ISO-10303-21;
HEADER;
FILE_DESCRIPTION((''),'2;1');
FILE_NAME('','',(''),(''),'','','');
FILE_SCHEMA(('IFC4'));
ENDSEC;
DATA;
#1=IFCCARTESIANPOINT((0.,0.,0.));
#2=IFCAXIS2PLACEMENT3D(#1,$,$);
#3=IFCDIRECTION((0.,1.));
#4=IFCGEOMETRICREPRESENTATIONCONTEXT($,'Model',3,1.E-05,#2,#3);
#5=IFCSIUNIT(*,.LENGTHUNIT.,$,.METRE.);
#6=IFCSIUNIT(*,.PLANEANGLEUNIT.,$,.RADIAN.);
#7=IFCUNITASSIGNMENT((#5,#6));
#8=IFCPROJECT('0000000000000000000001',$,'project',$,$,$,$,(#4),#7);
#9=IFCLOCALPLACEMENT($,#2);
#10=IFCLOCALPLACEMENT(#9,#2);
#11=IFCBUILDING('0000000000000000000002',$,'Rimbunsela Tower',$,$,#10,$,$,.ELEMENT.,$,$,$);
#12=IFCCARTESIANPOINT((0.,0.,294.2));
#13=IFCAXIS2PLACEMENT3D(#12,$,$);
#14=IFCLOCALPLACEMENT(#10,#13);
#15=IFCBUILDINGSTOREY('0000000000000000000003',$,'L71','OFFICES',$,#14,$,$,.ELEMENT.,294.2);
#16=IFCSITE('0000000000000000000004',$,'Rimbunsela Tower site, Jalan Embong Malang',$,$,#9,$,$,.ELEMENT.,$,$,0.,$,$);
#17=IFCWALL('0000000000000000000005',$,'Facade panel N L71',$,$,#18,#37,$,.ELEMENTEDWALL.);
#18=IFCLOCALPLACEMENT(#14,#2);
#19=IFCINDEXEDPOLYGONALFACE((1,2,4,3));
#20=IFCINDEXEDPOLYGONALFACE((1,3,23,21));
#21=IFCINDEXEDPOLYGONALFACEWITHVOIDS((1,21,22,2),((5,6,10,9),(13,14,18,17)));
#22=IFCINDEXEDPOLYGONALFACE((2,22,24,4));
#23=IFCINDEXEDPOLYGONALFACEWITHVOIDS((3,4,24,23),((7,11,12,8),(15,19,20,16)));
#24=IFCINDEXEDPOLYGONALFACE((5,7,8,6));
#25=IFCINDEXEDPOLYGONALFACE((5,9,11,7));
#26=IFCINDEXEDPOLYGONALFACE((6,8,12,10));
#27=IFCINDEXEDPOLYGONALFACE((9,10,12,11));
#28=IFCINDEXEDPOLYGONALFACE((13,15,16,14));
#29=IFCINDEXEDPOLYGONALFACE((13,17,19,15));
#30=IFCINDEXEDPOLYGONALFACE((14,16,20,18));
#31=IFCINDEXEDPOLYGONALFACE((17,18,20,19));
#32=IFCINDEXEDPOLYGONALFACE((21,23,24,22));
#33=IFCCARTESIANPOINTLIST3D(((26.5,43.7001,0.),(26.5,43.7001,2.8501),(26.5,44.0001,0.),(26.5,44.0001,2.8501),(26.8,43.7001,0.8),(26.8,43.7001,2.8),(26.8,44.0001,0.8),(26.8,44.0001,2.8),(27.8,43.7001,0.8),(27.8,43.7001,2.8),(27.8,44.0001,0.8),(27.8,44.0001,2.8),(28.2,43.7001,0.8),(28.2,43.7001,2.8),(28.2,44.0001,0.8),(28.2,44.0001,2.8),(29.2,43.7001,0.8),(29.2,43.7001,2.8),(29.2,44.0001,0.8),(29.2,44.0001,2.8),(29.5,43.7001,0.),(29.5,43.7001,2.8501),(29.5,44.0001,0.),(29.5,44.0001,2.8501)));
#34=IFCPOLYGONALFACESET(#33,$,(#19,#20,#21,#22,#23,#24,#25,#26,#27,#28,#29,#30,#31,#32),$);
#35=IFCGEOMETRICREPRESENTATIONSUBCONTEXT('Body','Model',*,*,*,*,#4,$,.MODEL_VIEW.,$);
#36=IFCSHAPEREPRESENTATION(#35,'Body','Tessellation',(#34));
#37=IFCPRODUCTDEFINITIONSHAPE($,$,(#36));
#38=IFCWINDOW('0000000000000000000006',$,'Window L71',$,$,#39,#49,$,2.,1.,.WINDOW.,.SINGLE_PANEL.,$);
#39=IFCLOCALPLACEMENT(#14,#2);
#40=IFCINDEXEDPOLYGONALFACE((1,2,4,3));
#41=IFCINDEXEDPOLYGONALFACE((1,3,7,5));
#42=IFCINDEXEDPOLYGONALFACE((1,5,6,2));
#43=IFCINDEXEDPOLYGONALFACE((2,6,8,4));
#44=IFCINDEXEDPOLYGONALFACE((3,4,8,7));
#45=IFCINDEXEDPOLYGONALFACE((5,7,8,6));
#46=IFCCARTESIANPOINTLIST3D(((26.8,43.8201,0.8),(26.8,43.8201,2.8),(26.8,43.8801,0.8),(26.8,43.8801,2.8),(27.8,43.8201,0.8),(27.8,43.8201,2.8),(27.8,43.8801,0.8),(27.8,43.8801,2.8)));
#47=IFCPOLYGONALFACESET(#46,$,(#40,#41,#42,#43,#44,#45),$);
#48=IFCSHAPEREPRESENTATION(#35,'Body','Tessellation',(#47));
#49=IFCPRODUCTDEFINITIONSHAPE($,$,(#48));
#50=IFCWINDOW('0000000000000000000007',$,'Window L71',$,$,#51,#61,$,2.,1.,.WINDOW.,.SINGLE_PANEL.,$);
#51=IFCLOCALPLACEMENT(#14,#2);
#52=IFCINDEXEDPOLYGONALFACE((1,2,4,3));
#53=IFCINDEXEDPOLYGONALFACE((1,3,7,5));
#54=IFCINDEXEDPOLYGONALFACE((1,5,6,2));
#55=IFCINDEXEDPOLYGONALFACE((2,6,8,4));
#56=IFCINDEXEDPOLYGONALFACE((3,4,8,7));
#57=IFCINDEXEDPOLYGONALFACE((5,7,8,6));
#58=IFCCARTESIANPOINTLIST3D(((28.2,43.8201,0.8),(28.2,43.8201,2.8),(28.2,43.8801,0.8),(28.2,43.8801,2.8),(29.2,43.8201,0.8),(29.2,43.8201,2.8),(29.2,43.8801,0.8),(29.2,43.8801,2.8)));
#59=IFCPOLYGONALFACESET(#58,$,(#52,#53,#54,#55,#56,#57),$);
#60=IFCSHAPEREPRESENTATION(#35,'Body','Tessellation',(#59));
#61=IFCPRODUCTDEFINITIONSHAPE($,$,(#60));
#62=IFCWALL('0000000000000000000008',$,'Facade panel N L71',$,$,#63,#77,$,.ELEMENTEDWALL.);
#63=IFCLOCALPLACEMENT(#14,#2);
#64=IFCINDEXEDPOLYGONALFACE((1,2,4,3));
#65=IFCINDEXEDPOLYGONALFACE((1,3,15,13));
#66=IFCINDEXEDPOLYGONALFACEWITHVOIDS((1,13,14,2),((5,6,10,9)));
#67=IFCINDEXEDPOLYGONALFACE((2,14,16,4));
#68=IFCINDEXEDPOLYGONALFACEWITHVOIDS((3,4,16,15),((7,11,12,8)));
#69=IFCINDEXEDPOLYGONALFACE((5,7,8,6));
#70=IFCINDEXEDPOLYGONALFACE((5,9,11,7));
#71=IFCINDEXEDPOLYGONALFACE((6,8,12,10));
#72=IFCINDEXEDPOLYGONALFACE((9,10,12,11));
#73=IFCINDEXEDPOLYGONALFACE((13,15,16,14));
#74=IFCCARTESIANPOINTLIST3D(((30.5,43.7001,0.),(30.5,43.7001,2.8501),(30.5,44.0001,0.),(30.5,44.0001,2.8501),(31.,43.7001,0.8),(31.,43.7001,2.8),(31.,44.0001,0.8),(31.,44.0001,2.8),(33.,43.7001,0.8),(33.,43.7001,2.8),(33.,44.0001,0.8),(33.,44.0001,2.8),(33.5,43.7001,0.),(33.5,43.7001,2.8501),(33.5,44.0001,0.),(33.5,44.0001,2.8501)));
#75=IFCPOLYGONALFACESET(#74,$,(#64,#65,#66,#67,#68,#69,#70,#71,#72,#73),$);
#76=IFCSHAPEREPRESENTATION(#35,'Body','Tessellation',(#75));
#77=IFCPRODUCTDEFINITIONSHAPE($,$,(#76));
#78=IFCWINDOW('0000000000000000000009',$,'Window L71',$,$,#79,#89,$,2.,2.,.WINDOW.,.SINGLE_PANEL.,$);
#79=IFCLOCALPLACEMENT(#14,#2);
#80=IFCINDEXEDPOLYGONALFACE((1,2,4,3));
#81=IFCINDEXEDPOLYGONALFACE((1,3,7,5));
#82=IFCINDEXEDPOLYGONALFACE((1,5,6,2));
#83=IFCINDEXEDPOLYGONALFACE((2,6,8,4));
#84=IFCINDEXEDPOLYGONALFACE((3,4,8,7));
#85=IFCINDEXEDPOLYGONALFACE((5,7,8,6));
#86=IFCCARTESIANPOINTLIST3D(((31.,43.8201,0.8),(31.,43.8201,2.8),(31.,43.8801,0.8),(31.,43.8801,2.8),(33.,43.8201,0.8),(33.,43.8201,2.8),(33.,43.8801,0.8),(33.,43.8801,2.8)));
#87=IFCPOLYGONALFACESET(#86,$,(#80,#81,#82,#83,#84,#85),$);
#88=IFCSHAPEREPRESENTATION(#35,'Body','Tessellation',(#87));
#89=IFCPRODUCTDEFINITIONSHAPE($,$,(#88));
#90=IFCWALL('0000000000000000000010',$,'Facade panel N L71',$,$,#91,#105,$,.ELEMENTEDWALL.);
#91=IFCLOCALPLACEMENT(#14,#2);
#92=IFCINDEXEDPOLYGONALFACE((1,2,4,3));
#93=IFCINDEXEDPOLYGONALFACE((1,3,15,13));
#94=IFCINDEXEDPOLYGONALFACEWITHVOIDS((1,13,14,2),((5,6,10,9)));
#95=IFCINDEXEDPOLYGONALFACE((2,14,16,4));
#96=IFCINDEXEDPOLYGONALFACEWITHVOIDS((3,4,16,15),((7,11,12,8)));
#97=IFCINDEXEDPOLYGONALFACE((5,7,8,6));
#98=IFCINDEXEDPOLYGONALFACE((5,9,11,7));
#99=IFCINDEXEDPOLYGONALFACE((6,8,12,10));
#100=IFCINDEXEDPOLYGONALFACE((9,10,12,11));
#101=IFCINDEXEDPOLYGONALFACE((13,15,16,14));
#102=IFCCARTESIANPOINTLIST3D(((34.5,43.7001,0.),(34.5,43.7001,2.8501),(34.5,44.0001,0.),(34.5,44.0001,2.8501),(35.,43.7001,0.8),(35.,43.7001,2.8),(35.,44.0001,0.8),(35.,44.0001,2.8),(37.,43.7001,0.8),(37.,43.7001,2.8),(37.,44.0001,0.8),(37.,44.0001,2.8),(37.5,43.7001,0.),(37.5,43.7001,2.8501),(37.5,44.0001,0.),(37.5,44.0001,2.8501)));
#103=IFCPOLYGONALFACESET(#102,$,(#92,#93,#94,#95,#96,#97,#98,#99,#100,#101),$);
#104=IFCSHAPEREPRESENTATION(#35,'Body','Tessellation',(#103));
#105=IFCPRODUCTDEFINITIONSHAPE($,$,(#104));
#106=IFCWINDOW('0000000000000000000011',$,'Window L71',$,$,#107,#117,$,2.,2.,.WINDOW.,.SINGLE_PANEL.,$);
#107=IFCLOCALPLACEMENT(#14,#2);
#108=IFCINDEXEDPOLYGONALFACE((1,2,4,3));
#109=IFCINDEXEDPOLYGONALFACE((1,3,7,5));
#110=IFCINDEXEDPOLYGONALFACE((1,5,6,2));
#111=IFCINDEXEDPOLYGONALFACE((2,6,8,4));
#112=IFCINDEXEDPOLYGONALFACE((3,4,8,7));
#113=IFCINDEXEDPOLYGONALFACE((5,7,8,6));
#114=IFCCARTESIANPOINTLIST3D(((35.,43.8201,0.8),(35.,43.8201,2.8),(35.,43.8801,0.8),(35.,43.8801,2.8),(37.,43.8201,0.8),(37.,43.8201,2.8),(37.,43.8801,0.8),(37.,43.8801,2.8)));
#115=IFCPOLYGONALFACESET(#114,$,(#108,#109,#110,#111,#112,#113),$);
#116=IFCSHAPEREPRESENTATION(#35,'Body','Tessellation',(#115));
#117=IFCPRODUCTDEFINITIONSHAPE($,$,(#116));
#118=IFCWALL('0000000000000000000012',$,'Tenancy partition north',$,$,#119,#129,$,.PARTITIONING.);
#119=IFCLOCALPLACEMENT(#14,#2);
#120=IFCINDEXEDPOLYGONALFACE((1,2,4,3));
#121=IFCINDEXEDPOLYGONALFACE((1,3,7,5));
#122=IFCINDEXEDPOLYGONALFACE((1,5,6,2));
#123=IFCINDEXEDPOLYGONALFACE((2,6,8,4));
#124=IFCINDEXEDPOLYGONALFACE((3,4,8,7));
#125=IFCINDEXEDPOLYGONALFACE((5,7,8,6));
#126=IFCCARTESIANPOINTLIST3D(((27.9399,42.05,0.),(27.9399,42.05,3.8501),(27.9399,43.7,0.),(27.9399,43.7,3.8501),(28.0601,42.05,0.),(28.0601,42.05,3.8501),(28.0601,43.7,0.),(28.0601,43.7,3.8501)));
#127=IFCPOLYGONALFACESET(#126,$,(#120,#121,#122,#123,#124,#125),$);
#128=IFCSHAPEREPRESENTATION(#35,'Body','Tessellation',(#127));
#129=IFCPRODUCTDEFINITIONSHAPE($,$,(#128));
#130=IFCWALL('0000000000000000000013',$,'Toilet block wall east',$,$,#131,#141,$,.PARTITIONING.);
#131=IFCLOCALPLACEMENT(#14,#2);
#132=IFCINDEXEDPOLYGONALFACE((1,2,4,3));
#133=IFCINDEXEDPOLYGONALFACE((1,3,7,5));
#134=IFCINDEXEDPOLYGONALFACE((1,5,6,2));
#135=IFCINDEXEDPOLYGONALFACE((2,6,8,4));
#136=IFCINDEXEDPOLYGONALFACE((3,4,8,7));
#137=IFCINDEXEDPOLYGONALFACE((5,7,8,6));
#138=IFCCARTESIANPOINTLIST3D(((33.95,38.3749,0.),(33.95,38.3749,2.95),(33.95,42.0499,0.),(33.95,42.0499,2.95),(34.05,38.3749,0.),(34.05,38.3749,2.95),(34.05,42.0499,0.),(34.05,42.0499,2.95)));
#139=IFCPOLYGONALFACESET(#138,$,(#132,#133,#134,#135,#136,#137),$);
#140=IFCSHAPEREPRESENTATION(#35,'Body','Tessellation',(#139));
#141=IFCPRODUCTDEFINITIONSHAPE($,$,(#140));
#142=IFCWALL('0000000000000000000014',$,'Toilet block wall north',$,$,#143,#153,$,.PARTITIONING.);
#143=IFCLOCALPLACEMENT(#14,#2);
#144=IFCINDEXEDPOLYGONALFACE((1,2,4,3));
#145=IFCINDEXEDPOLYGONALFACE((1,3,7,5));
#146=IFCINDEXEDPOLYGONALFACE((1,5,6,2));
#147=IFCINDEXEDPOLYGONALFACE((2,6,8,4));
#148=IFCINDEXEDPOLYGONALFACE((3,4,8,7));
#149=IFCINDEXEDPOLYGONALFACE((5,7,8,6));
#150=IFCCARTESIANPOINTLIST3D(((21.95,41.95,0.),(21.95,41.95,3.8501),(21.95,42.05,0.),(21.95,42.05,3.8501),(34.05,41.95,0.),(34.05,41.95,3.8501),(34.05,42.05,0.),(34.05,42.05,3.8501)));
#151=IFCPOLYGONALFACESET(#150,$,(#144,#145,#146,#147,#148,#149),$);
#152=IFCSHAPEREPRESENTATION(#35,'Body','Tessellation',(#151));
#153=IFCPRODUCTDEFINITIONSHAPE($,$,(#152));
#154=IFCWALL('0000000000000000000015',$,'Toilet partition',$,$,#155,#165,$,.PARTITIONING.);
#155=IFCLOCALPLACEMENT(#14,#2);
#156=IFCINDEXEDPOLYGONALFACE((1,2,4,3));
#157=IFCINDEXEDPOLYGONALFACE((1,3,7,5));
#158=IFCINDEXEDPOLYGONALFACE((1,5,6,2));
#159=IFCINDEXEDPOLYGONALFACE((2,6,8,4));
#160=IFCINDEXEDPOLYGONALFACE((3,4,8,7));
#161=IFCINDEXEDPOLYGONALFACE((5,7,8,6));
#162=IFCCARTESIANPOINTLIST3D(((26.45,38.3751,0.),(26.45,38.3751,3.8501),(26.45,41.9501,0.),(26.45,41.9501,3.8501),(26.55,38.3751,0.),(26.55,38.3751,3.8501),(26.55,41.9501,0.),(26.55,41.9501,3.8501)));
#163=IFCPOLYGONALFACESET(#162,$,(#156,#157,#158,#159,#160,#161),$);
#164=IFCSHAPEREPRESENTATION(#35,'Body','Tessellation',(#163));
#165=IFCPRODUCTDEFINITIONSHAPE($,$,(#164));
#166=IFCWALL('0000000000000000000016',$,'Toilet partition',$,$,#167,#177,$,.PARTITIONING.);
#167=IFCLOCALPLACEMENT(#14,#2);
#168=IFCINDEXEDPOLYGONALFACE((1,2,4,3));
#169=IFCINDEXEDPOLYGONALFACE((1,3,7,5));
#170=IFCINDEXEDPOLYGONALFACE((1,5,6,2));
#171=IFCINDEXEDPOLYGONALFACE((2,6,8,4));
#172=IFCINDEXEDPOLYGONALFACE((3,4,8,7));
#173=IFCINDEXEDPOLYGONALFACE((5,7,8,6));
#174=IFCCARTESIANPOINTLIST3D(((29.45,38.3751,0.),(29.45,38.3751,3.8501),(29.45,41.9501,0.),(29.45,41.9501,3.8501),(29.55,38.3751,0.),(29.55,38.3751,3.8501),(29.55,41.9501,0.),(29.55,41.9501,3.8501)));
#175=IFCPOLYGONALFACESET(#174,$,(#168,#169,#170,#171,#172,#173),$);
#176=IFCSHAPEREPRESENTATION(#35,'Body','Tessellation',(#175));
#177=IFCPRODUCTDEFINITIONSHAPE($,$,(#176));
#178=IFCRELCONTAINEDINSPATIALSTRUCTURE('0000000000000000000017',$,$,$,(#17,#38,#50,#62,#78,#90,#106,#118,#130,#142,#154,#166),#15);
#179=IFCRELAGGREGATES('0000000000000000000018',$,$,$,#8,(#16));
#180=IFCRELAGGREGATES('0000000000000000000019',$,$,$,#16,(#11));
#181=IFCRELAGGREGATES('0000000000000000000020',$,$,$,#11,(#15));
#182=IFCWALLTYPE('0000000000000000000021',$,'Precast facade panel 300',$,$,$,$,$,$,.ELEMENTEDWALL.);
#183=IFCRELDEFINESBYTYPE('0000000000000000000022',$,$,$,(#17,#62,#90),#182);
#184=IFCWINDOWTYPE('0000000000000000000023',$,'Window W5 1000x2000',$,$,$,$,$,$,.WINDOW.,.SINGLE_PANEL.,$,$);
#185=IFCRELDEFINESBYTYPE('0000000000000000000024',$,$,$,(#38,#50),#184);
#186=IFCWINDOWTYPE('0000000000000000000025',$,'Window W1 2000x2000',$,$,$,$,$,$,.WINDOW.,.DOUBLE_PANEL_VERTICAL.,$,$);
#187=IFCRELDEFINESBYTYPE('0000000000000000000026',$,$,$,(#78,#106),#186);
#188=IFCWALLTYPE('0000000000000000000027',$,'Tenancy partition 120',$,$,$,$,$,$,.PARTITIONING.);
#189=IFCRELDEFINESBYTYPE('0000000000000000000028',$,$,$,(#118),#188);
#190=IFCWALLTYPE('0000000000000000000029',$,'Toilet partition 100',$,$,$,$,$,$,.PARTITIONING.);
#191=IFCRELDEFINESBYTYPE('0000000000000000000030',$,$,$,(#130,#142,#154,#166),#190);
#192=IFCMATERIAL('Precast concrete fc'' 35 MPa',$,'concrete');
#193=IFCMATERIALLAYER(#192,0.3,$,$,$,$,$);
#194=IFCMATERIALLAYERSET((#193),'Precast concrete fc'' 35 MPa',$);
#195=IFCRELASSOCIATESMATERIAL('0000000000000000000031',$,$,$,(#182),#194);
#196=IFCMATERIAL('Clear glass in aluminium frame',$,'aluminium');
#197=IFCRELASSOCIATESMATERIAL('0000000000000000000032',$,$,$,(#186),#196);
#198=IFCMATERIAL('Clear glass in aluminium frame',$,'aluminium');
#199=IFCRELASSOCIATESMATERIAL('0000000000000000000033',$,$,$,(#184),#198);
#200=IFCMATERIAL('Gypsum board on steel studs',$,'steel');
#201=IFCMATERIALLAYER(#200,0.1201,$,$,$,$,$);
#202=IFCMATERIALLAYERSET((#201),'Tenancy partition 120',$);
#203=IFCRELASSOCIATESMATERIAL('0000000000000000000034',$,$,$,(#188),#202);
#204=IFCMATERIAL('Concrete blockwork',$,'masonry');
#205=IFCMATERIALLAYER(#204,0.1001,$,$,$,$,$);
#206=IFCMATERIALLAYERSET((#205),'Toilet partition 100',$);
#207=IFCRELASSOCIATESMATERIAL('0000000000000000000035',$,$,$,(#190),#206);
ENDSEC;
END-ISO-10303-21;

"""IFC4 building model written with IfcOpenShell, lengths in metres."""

from ifc_helpers import new_model, si_unit, direction, frame, frame_2d, origin, place, context, subcontext, project, spatial, rectangle, extrude, material, layer, layer_set, type_object, element, fill, save


model = new_model("IFC4")

# Units and contexts
model_context = context("Model", 3, precision=1e-05, world=origin(), true_north=direction((0.0, 1.0)))
body_context = subcontext(model_context, "Body", "Model", "MODEL_VIEW")
ifc_project = project(units=[si_unit("LENGTHUNIT", "METRE"), si_unit("PLANEANGLEUNIT", "RADIAN")], contexts=[model_context])

# Site, building, storey
site_placement = place(None, origin())
site = spatial("IfcSite", under=ifc_project, at=site_placement, Name="Rimbunsela Tower site, Jalan Embong Malang", CompositionType="ELEMENT", RefElevation=0.0)
building_placement = place(site_placement, origin())
building = spatial("IfcBuilding", under=site, at=building_placement, Name="Rimbunsela Tower", CompositionType="ELEMENT")
storey_placement = place(building_placement, frame((0.0, 0.0, 294.2)))
storey = spatial("IfcBuildingStorey", under=building, at=storey_placement, Name="L71", Description="OFFICES", CompositionType="ELEMENT", Elevation=294.2)

# Shared definitions
ifc_material_1 = material(Name="Precast concrete fc' 35 MPa", Category="concrete")
ifc_layer_1 = layer(ifc_material_1, 0.3)
ifc_layer_set_1 = layer_set([ifc_layer_1], Name="Precast concrete fc' 35 MPa")
wall_type_1 = type_object("IfcWallType", Name="Precast facade panel 300", PredefinedType="ELEMENTEDWALL", material=ifc_layer_set_1)
ifc_material_2 = material(Name="Clear glass in aluminium frame", Category="aluminium")
window_type_1 = type_object("IfcWindowType", Name="Window W1 2000x2000", PartitioningType="DOUBLE_PANEL_VERTICAL", PredefinedType="WINDOW", material=ifc_material_2)

# Wall, openings, windows
wall_1_placement = place(storey_placement, frame((29.5, 43.8501, 0.0), z_axis=(0.0, 0.0, 1.0), x_axis=(-1.0, 0.0, 0.0)))
wall_1 = element("IfcWall", 1, at=wall_1_placement, inside=storey, type_object=wall_type_1, Name="Facade panel N L71", PredefinedType="ELEMENTEDWALL", context=body_context, shape_type="SweptSolid", body=[
    extrude(rectangle(XDim=3.0, YDim=0.3, at=frame_2d((1.5, 0.0))), origin(), (0.0, 0.0, 1.0), 2.8501),
])
opening_1_placement = place(wall_1_placement, frame((1.7, 0.0, 0.8)))
opening_1 = element("IfcOpeningElement", 2, at=opening_1_placement, cuts=wall_1, PredefinedType="OPENING", context=body_context, shape_type="SweptSolid", body=[
    extrude(rectangle(XDim=1.0, YDim=2.0, at=frame_2d((0.5, 1.0))), frame((0.0, 0.1599, 0.0), z_axis=(0.0, -1.0, 0.0), x_axis=(1.0, 0.0, 0.0)), (0.0, 0.0, 1.0), 0.3201),
])
opening_2_placement = place(wall_1_placement, frame((0.3, 0.0, 0.8)))
opening_2 = element("IfcOpeningElement", 3, at=opening_2_placement, cuts=wall_1, PredefinedType="OPENING", context=body_context, shape_type="SweptSolid", body=[
    extrude(rectangle(XDim=1.0, YDim=2.0, at=frame_2d((0.5, 1.0))), frame((0.0, 0.1599, 0.0), z_axis=(0.0, -1.0, 0.0), x_axis=(1.0, 0.0, 0.0)), (0.0, 0.0, 1.0), 0.3201),
])
ifc_material_3 = material(Name="Clear glass in aluminium frame", Category="aluminium")
window_type_2 = type_object("IfcWindowType", Name="Window W5 1000x2000", PartitioningType="SINGLE_PANEL", PredefinedType="WINDOW", material=ifc_material_3)
window_1_placement = place(opening_1_placement, origin())
window_1 = element("IfcWindow", 4, at=window_1_placement, inside=storey, type_object=window_type_2, Name="Window L71", OverallHeight=2.0, OverallWidth=1.0, PartitioningType="SINGLE_PANEL", PredefinedType="WINDOW", context=body_context, shape_type="SweptSolid", body=[
    extrude(rectangle(XDim=1.0, YDim=2.0, at=frame_2d((0.5, 1.0))), frame((0.0, 0.03, 0.0), z_axis=(0.0, -1.0, 0.0), x_axis=(1.0, 0.0, 0.0)), (0.0, 0.0, 1.0), 0.0601),
])
fill(opening_1, window_1)
window_2_placement = place(opening_2_placement, origin())
window_2 = element("IfcWindow", 5, at=window_2_placement, inside=storey, type_object=window_type_2, Name="Window L71", OverallHeight=2.0, OverallWidth=1.0, PartitioningType="SINGLE_PANEL", PredefinedType="WINDOW", context=body_context, shape_type="SweptSolid", body=[
    extrude(rectangle(XDim=1.0, YDim=2.0, at=frame_2d((0.5, 1.0))), frame((0.0, 0.03, 0.0), z_axis=(0.0, -1.0, 0.0), x_axis=(1.0, 0.0, 0.0)), (0.0, 0.0, 1.0), 0.0601),
])
fill(opening_2, window_2)

# Walls, openings, windows
wall_2_placement = place(storey_placement, frame((33.5, 43.8501, 0.0), z_axis=(0.0, 0.0, 1.0), x_axis=(-1.0, 0.0, 0.0)))
wall_2 = element("IfcWall", 6, at=wall_2_placement, inside=storey, type_object=wall_type_1, Name="Facade panel N L71", PredefinedType="ELEMENTEDWALL", context=body_context, shape_type="SweptSolid", body=[
    extrude(rectangle(XDim=3.0, YDim=0.3, at=frame_2d((1.5, 0.0))), origin(), (0.0, 0.0, 1.0), 2.8501),
])
opening_3_placement = place(wall_2_placement, frame((0.5, 0.0, 0.8)))
opening_3 = element("IfcOpeningElement", 7, at=opening_3_placement, cuts=wall_2, PredefinedType="OPENING", context=body_context, shape_type="SweptSolid", body=[
    extrude(rectangle(XDim=2.0, YDim=2.0, at=frame_2d((1.0, 1.0))), frame((0.0, 0.1599, 0.0), z_axis=(0.0, -1.0, 0.0), x_axis=(1.0, 0.0, 0.0)), (0.0, 0.0, 1.0), 0.3201),
])
window_3_placement = place(opening_3_placement, origin())
window_3 = element("IfcWindow", 8, at=window_3_placement, inside=storey, type_object=window_type_1, Name="Window L71", OverallHeight=2.0, OverallWidth=2.0, PartitioningType="SINGLE_PANEL", PredefinedType="WINDOW", context=body_context, shape_type="SweptSolid", body=[
    extrude(rectangle(XDim=2.0, YDim=2.0, at=frame_2d((1.0, 1.0))), frame((0.0, 0.03, 0.0), z_axis=(0.0, -1.0, 0.0), x_axis=(1.0, 0.0, 0.0)), (0.0, 0.0, 1.0), 0.0601),
])
fill(opening_3, window_3)
wall_3_placement = place(storey_placement, frame((37.5, 43.8501, 0.0), z_axis=(0.0, 0.0, 1.0), x_axis=(-1.0, 0.0, 0.0)))
wall_3 = element("IfcWall", 9, at=wall_3_placement, inside=storey, type_object=wall_type_1, Name="Facade panel N L71", PredefinedType="ELEMENTEDWALL", context=body_context, shape_type="SweptSolid", body=[
    extrude(rectangle(XDim=3.0, YDim=0.3, at=frame_2d((1.5, 0.0))), origin(), (0.0, 0.0, 1.0), 2.8501),
])
opening_4_placement = place(wall_3_placement, frame((0.5, 0.0, 0.8)))
opening_4 = element("IfcOpeningElement", 10, at=opening_4_placement, cuts=wall_3, PredefinedType="OPENING", context=body_context, shape_type="SweptSolid", body=[
    extrude(rectangle(XDim=2.0, YDim=2.0, at=frame_2d((1.0, 1.0))), frame((0.0, 0.1599, 0.0), z_axis=(0.0, -1.0, 0.0), x_axis=(1.0, 0.0, 0.0)), (0.0, 0.0, 1.0), 0.3201),
])
window_4_placement = place(opening_4_placement, origin())
window_4 = element("IfcWindow", 11, at=window_4_placement, inside=storey, type_object=window_type_1, Name="Window L71", OverallHeight=2.0, OverallWidth=2.0, PartitioningType="SINGLE_PANEL", PredefinedType="WINDOW", context=body_context, shape_type="SweptSolid", body=[
    extrude(rectangle(XDim=2.0, YDim=2.0, at=frame_2d((1.0, 1.0))), frame((0.0, 0.03, 0.0), z_axis=(0.0, -1.0, 0.0), x_axis=(1.0, 0.0, 0.0)), (0.0, 0.0, 1.0), 0.0601),
])
fill(opening_4, window_4)

# Walls
ifc_material_4 = material(Name="Gypsum board on steel studs", Category="steel")
ifc_layer_2 = layer(ifc_material_4, 0.1201)
ifc_layer_set_2 = layer_set([ifc_layer_2], Name="Tenancy partition 120")
wall_type_2 = type_object("IfcWallType", Name="Tenancy partition 120", PredefinedType="PARTITIONING", material=ifc_layer_set_2)
wall_4_placement = place(storey_placement, frame((28.0, 42.05, 0.0), z_axis=(0.0, 0.0, 1.0), x_axis=(0.0, 1.0, 0.0)))
element("IfcWall", 12, at=wall_4_placement, inside=storey, type_object=wall_type_2, Name="Tenancy partition north", PredefinedType="PARTITIONING", context=body_context, shape_type="SweptSolid", body=[
    extrude(rectangle(XDim=1.6499, YDim=0.1201, at=frame_2d((0.825, 0.0))), origin(), (0.0, 0.0, 1.0), 3.8501),
])
ifc_material_5 = material(Name="Concrete blockwork", Category="masonry")
ifc_layer_3 = layer(ifc_material_5, 0.1001)
ifc_layer_set_3 = layer_set([ifc_layer_3], Name="Toilet partition 100")
wall_type_3 = type_object("IfcWallType", Name="Toilet partition 100", PredefinedType="PARTITIONING", material=ifc_layer_set_3)
wall_5_placement = place(storey_placement, frame((34.0, 38.375, 0.0), z_axis=(0.0, 0.0, 1.0), x_axis=(0.0, 1.0, 0.0)))
element("IfcWall", 13, at=wall_5_placement, inside=storey, type_object=wall_type_3, Name="Toilet block wall east", PredefinedType="PARTITIONING", context=body_context, shape_type="SweptSolid", body=[
    extrude(rectangle(XDim=3.675, YDim=0.1001, at=frame_2d((1.8374, 0.0))), origin(), (0.0, 0.0, 1.0), 2.95),
])
wall_6_placement = place(storey_placement, frame((21.95, 42.0, 0.0), z_axis=(0.0, 0.0, 1.0), x_axis=(1.0, 0.0, 0.0)))
element("IfcWall", 14, at=wall_6_placement, inside=storey, type_object=wall_type_3, Name="Toilet block wall north", PredefinedType="PARTITIONING", context=body_context, shape_type="SweptSolid", body=[
    extrude(rectangle(XDim=12.1001, YDim=0.1001, at=frame_2d((6.05, 0.0))), origin(), (0.0, 0.0, 1.0), 3.8501),
])
for number, where, z_axis, x_axis, name in (
    (15, (26.5, 38.375, 0.0), (0.0, 0.0, 1.0), (0.0, 1.0, 0.0), "Toilet partition"),
    (16, (29.5, 38.375, 0.0), (0.0, 0.0, 1.0), (0.0, 1.0, 0.0), "Toilet partition"),
):
    element("IfcWall", number, at=place(storey_placement, frame(where, z_axis=z_axis, x_axis=x_axis)), inside=storey, type_object=wall_type_3, Name=name, PredefinedType="PARTITIONING", context=body_context, shape_type="SweptSolid", body=[
        extrude(rectangle(XDim=3.575, YDim=0.1001, at=frame_2d((1.7876, 0.0))), origin(), (0.0, 0.0, 1.0), 3.8501),
    ])

save(model, "model.ifc")
